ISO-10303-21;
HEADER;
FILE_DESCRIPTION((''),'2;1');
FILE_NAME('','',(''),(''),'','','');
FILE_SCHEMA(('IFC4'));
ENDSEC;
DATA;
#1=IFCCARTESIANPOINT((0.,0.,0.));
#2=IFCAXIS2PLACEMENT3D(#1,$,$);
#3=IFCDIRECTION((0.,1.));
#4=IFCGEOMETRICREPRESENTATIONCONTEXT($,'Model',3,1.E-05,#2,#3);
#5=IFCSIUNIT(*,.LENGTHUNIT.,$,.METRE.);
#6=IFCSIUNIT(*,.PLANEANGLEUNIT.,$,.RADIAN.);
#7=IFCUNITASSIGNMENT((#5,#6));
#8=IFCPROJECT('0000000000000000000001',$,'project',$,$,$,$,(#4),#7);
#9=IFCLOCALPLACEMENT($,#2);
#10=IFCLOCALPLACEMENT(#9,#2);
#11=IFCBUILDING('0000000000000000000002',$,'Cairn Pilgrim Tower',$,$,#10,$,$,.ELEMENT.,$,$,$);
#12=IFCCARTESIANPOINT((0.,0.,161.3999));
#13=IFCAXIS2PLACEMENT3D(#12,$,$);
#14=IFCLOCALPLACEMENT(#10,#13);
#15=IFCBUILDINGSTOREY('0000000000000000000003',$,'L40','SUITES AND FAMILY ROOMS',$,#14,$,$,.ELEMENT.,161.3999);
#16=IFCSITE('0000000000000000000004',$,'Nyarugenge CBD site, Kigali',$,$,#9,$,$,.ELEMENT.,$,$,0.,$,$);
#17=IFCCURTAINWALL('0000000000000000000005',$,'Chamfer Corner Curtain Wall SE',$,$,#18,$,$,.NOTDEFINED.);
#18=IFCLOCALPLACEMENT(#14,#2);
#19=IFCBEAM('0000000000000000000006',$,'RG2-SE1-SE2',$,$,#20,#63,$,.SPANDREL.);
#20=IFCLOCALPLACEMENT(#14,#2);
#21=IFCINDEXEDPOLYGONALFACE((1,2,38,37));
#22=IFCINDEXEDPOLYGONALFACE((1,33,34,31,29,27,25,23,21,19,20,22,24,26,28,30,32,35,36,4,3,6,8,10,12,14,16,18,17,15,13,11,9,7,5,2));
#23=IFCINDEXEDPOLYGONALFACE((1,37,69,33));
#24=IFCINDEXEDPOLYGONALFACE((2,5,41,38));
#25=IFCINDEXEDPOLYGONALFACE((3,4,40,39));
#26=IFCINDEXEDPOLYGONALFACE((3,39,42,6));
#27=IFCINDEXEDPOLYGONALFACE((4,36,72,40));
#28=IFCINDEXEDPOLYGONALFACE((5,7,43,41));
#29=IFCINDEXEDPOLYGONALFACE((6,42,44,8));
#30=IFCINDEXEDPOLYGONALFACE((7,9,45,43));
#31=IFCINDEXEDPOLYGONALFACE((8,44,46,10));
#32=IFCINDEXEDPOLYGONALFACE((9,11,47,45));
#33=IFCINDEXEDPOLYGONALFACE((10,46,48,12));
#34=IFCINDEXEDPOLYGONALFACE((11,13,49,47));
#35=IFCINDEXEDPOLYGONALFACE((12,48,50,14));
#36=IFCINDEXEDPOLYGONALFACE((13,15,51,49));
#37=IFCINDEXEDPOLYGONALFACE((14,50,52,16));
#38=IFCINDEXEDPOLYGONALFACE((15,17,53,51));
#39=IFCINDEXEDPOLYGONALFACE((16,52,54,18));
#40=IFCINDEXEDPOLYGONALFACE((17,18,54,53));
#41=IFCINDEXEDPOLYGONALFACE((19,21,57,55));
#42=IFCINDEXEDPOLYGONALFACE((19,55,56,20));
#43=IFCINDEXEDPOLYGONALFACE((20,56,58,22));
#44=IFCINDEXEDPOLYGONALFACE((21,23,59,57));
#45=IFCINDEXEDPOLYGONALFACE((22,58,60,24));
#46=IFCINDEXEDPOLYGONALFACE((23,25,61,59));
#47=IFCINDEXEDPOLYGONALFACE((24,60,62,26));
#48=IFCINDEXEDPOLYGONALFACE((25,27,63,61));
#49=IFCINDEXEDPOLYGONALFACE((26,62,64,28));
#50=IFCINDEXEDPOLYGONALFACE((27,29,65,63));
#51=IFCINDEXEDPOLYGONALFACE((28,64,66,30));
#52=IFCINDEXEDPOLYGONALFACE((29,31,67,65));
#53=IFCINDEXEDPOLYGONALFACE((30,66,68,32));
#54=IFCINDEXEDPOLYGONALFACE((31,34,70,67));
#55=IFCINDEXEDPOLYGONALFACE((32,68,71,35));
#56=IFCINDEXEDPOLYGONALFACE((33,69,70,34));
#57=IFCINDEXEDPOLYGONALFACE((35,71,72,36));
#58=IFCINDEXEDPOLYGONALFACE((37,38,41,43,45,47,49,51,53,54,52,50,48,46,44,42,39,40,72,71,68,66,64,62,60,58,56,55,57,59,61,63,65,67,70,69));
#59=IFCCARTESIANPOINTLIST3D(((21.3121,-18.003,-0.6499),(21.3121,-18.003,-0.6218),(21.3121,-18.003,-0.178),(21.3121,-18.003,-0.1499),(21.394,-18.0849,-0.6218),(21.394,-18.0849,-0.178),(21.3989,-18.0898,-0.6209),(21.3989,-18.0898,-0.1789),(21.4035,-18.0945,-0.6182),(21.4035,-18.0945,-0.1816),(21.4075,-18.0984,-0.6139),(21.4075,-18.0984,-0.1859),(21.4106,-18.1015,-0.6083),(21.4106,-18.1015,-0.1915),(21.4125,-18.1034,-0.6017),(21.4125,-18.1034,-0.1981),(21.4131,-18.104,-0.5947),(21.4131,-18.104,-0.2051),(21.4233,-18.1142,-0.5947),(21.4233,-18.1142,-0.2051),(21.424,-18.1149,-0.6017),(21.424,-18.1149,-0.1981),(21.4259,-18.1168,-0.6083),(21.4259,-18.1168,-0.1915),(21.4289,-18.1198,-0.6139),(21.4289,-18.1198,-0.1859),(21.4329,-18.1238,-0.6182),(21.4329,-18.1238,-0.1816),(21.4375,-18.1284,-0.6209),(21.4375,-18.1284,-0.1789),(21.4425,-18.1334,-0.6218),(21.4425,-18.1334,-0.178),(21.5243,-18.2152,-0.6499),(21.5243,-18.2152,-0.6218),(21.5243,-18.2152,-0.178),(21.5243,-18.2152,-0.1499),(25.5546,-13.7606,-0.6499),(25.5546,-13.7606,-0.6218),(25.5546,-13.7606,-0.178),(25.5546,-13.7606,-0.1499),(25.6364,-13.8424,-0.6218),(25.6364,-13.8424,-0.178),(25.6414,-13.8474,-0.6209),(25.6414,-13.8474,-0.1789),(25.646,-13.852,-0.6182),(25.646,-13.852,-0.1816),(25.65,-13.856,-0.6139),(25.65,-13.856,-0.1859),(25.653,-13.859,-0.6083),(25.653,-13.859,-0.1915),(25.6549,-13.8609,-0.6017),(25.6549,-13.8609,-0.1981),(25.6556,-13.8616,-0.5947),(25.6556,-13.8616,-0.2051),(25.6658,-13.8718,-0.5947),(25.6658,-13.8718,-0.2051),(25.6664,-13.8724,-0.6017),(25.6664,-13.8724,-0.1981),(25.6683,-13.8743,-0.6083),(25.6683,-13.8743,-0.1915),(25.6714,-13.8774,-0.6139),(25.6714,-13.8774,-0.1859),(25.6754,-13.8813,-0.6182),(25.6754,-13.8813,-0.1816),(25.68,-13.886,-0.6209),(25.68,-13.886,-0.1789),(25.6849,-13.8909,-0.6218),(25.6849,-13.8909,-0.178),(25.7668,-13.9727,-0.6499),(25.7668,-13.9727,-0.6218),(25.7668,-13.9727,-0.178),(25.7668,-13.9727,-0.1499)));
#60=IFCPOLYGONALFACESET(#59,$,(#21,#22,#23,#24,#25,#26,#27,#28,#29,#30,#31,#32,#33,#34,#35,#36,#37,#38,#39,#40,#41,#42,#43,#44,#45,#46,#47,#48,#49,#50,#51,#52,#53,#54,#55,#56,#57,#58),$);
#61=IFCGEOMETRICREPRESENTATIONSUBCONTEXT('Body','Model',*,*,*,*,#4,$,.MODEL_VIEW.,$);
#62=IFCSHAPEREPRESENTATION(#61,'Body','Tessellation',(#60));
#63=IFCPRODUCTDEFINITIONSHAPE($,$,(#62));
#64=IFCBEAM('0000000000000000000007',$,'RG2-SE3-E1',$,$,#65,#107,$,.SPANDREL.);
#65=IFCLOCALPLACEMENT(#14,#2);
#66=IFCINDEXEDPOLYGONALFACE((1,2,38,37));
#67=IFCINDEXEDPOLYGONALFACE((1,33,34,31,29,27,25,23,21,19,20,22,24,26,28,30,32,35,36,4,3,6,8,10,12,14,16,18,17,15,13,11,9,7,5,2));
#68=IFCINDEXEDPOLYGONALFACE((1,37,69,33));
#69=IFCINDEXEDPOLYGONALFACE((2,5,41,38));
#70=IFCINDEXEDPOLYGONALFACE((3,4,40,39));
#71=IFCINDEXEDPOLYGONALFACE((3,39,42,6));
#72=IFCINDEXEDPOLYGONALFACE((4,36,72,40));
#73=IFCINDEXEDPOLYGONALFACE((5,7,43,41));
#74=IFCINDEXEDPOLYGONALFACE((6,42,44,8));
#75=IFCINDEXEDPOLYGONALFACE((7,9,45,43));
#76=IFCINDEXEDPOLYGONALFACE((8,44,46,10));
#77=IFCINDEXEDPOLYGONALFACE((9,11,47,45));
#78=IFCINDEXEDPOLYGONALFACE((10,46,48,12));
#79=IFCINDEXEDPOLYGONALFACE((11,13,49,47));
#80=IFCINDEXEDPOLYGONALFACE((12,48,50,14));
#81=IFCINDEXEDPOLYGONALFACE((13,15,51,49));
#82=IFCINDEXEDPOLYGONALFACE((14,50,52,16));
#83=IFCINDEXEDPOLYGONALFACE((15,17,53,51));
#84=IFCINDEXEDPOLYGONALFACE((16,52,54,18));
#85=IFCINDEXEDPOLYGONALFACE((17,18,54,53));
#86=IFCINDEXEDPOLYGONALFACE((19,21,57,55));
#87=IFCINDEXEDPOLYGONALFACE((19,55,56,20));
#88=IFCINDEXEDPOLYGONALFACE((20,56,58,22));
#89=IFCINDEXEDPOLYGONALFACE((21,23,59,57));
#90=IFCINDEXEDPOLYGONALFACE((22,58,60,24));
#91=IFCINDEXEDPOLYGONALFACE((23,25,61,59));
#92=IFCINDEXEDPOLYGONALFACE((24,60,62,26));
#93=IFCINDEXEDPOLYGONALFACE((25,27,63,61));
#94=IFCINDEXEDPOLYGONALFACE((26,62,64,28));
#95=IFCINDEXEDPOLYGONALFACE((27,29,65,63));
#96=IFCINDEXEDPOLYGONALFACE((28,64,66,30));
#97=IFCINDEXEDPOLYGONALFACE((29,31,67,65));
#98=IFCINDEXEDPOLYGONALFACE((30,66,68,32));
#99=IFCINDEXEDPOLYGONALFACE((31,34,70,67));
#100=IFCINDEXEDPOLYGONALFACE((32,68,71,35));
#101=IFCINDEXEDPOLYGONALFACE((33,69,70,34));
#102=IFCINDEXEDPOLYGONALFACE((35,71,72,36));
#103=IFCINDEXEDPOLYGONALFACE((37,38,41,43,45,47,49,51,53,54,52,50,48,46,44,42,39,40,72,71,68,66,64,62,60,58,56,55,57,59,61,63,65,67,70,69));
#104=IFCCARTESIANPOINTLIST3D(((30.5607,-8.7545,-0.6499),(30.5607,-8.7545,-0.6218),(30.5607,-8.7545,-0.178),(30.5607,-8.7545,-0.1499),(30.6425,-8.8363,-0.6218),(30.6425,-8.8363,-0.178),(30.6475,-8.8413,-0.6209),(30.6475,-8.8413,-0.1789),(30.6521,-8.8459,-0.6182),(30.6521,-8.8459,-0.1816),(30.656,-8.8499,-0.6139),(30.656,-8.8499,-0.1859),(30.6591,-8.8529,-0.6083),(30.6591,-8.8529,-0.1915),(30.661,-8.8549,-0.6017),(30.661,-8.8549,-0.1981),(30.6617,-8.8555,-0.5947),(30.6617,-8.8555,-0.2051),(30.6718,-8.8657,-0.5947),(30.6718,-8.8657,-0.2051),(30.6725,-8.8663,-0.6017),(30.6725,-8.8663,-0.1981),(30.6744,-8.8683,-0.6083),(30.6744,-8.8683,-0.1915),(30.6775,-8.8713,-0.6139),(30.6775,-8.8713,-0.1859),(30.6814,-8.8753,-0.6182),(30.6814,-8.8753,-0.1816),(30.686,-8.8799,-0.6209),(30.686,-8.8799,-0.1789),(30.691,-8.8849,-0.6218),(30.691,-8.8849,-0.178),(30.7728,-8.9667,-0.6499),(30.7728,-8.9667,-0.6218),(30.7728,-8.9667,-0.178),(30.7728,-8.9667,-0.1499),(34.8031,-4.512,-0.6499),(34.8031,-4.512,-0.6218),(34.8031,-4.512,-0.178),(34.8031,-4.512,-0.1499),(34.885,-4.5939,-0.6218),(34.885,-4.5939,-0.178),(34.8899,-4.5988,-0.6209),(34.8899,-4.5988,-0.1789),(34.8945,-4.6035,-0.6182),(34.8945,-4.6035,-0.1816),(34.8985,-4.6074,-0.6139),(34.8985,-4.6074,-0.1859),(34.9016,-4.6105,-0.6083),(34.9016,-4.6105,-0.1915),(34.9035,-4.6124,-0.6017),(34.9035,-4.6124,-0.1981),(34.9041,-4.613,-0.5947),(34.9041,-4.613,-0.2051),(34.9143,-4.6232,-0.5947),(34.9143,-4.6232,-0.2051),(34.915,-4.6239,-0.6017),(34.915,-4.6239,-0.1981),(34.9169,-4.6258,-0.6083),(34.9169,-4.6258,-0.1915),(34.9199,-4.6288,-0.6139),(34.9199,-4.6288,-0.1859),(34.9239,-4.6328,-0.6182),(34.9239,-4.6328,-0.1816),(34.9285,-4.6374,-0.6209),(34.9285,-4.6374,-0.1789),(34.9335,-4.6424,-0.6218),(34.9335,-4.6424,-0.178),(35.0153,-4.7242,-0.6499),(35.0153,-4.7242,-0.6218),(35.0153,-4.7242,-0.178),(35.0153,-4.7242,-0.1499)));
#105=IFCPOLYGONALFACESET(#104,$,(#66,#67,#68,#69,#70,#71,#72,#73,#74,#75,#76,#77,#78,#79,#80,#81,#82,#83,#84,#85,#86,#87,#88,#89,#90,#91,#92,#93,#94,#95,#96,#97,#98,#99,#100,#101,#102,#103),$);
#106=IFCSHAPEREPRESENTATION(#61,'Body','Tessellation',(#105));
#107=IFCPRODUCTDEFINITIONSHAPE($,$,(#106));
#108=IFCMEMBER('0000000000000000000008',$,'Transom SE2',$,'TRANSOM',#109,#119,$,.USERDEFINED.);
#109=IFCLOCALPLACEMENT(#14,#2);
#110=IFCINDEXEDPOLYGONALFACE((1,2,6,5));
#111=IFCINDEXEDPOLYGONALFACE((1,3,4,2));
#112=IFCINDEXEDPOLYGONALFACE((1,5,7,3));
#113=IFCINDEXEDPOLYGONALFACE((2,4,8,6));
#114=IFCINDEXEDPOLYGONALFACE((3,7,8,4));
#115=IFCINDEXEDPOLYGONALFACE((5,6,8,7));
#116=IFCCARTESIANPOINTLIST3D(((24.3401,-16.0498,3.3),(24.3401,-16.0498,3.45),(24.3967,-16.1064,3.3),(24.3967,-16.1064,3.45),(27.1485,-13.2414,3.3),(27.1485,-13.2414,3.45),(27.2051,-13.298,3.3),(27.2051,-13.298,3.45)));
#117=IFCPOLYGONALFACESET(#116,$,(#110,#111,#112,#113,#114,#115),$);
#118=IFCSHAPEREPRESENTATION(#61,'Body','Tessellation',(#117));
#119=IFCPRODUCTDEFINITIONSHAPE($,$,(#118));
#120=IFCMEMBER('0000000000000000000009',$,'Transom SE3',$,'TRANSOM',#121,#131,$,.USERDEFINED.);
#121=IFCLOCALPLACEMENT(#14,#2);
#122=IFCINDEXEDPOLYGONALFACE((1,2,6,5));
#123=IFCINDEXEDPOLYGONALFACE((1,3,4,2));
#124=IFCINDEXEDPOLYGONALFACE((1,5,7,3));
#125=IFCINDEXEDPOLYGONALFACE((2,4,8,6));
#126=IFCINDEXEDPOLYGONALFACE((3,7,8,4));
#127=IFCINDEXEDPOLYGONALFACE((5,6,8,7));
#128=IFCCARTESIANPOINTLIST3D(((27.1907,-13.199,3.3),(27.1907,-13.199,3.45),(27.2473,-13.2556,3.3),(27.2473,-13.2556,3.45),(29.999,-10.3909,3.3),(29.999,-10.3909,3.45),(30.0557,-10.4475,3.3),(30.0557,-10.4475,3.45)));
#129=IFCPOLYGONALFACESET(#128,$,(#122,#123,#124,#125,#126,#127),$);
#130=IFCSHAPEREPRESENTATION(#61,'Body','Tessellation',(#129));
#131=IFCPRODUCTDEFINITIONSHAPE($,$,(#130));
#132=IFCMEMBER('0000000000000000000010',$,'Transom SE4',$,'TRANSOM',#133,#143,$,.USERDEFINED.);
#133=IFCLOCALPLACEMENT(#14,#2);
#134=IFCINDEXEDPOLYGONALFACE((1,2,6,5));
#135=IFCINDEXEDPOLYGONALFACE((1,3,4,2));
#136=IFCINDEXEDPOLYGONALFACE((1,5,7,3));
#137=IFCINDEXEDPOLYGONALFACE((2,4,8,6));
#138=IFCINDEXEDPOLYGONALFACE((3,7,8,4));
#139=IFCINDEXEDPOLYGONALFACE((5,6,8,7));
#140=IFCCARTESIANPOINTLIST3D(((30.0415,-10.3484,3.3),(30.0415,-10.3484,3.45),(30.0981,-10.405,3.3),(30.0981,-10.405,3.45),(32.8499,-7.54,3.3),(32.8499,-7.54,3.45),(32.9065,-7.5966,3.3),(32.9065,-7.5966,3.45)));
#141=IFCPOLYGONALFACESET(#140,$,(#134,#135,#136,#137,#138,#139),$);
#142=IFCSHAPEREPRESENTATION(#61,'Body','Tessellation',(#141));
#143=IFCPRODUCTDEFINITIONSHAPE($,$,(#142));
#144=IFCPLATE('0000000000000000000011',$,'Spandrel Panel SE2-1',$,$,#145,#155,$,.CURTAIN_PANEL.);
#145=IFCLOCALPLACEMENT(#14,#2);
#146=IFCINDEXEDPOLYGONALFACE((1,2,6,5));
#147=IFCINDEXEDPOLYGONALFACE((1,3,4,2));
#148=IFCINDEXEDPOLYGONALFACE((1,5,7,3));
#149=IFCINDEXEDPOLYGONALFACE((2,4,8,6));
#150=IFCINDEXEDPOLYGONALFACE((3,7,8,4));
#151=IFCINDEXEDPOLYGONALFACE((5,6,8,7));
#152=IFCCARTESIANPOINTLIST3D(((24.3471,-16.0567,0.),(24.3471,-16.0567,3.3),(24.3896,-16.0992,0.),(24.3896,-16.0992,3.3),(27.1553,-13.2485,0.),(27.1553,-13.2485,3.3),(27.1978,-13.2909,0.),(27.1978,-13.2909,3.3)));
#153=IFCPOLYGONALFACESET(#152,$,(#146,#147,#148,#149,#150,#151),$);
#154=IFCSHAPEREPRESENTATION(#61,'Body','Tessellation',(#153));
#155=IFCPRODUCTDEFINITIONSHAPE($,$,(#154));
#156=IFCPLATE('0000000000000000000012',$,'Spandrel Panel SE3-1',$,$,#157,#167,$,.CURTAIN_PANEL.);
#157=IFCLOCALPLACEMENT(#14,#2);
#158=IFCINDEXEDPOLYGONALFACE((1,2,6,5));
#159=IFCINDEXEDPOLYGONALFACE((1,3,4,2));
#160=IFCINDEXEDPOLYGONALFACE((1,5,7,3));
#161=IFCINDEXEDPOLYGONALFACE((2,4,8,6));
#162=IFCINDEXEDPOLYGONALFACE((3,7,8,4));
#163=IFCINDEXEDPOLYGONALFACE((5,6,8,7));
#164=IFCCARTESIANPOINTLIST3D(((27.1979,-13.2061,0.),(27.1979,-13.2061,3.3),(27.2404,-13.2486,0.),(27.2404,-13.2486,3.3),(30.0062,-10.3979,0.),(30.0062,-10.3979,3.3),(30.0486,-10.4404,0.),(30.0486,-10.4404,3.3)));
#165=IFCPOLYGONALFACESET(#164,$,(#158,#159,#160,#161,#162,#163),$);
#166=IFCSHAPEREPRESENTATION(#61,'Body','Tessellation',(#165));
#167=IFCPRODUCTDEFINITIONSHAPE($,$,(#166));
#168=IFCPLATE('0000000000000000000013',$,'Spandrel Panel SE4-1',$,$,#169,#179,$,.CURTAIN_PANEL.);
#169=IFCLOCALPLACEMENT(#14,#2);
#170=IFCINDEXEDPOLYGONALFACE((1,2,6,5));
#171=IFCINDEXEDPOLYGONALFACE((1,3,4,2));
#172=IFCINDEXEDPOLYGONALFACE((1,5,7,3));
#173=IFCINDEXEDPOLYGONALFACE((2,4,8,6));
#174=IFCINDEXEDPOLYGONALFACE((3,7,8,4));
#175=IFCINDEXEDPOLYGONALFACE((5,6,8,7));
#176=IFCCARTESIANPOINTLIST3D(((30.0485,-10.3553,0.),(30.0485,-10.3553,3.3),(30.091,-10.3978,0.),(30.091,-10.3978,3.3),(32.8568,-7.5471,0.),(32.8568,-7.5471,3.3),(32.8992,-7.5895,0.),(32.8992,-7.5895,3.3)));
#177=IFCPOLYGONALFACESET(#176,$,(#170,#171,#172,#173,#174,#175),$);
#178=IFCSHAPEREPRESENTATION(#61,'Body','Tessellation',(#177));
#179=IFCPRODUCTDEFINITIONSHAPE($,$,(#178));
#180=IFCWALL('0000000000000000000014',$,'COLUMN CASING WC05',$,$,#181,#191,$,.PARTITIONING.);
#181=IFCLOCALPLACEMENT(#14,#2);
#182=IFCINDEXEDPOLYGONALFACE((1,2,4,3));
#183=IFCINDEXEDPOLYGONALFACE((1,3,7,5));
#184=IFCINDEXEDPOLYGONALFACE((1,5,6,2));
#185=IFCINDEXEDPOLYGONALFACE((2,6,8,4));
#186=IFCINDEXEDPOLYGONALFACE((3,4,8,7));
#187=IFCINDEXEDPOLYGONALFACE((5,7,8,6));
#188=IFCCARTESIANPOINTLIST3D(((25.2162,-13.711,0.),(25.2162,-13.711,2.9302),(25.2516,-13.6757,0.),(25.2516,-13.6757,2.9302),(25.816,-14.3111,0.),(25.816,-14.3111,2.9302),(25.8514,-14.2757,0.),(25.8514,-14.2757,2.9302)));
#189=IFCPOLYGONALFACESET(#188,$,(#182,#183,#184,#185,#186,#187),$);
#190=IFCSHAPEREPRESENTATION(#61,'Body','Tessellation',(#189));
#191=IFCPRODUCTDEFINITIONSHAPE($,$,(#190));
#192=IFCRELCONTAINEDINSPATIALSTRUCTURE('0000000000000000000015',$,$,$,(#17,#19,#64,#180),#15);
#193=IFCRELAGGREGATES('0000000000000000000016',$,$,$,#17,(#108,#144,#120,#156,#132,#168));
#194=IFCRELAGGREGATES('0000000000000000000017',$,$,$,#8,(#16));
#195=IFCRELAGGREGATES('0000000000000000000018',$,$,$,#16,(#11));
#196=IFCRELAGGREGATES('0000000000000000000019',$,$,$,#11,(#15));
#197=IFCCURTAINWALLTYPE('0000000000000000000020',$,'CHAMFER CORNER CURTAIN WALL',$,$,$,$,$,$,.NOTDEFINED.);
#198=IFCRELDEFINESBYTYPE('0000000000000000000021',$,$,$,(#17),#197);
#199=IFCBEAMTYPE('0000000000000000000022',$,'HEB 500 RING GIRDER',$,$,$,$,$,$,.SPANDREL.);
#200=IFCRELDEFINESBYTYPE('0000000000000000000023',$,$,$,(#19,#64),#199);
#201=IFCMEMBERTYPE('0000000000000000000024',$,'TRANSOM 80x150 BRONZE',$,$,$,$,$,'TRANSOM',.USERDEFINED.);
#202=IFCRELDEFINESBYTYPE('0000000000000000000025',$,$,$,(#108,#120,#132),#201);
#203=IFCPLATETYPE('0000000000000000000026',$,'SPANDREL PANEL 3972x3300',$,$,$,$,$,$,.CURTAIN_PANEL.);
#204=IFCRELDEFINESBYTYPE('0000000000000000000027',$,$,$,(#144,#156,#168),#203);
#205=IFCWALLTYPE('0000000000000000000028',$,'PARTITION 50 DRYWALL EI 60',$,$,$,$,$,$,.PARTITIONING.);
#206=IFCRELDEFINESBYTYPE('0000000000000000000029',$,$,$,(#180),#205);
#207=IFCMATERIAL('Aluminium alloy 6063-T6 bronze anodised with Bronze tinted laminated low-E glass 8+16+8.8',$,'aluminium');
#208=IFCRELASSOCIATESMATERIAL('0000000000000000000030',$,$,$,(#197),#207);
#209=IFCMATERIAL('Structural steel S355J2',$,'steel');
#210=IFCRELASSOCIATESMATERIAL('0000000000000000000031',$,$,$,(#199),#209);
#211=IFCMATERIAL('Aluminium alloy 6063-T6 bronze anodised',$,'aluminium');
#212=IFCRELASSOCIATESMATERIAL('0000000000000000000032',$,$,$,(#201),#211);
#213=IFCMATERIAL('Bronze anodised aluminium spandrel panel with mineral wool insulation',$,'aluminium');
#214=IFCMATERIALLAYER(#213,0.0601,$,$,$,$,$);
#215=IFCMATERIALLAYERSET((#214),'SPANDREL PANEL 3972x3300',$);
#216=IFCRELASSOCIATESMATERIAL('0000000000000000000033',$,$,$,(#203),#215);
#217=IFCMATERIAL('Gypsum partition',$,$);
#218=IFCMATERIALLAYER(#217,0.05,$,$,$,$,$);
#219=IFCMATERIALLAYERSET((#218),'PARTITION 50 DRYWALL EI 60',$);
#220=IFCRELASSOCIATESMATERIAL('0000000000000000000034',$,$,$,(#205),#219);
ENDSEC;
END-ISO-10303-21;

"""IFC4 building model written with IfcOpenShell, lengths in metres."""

from ifc_helpers import new_model, si_unit, direction, frame, frame_2d, origin, origin_2d, place, context, subcontext, project, spatial, rectangle, i_section, extrude, material, layer, layer_set, material_profile, profile_set, type_object, element, aggregate, save


model = new_model("IFC4")

# Units and contexts
model_context = context("Model", 3, precision=1e-05, world=origin(), true_north=direction((0.0, 1.0)))
body_context = subcontext(model_context, "Body", "Model", "MODEL_VIEW")
ifc_project = project(units=[si_unit("LENGTHUNIT", "METRE"), si_unit("PLANEANGLEUNIT", "RADIAN")], contexts=[model_context])

# Site, building, storey
site_placement = place(None, origin())
site = spatial("IfcSite", under=ifc_project, at=site_placement, Name="Nyarugenge CBD site, Kigali", CompositionType="ELEMENT", RefElevation=0.0)
building_placement = place(site_placement, origin())
building = spatial("IfcBuilding", under=site, at=building_placement, Name="Cairn Pilgrim Tower", CompositionType="ELEMENT")
storey_placement = place(building_placement, frame((0.0, 0.0, 161.3999)))
storey = spatial("IfcBuildingStorey", under=building, at=storey_placement, Name="L40", Description="SUITES AND FAMILY ROOMS", CompositionType="ELEMENT", Elevation=161.3999)

# Shared definitions
ifc_material_1 = material(Name="Structural steel S355J2", Category="steel")

# Curtain wall
ifc_material_2 = material(Name="Aluminium alloy 6063-T6 bronze anodised with Bronze tinted laminated low-E glass 8+16+8.8", Category="aluminium")
curtain_wall_type = type_object("IfcCurtainWallType", Name="CHAMFER CORNER CURTAIN WALL", PredefinedType="NOTDEFINED", material=ifc_material_2)
curtain_wall_placement = place(storey_placement, origin())
curtain_wall = element("IfcCurtainWall", 1, at=curtain_wall_placement, inside=storey, type_object=curtain_wall_type, Name="Chamfer Corner Curtain Wall SE", PredefinedType="NOTDEFINED")
ifc_material_3 = material(Name="Aluminium alloy 6063-T6 bronze anodised", Category="aluminium")

# Beams
ifc_material_profile_1 = material_profile(ifc_material_1, i_section(OverallWidth=0.3, OverallDepth=0.5, WebThickness=0.0144, FlangeThickness=0.0281, FilletRadius=0.0271, at=origin_2d()), Name="HEB 500")
ifc_profile_set_1 = profile_set([ifc_material_profile_1], Name="Structural steel S355J2")
beam_type_1 = type_object("IfcBeamType", Name="HEB 500 RING GIRDER", PredefinedType="SPANDREL", material=ifc_profile_set_1)
for number, where, z_axis, x_axis, name in (
    (2, (21.4182, -18.1091, -0.3999), (0.707107, 0.707107, 0.0), (-0.707107, 0.707107, 0.0), "RG2-SE1-SE2"),
    (3, (30.6667, -8.8606, -0.3999), (0.707107, 0.707107, 0.0), (-0.707107, 0.707107, 0.0), "RG2-SE3-E1"),
):
    element("IfcBeam", number, at=place(storey_placement, frame(where, z_axis=z_axis, x_axis=x_axis)), inside=storey, type_object=beam_type_1, Name=name, PredefinedType="SPANDREL", context=body_context, shape_type="SweptSolid", body=[
        extrude(i_section(OverallWidth=0.3, OverallDepth=0.5, WebThickness=0.0144, FlangeThickness=0.0281, FilletRadius=0.0271, at=origin_2d()), origin(), (0.0, 0.0, 1.0), 5.9998),
    ])

# Members
ifc_material_profile_2 = material_profile(ifc_material_3, rectangle(XDim=0.0801, YDim=0.1499, at=origin_2d()), Name="TRANSOM 80x150 BRONZE")
ifc_profile_set_2 = profile_set([ifc_material_profile_2], Name="Aluminium alloy 6063-T6 bronze anodised")
member_type_1 = type_object("IfcMemberType", Name="TRANSOM 80x150 BRONZE", ElementType="TRANSOM", PredefinedType="USERDEFINED", material=ifc_profile_set_2)
member_1_placement = place(storey_placement, frame((24.3684, -16.0781, 3.375), z_axis=(0.707107, 0.707107, 0.0), x_axis=(-0.707107, 0.707107, 0.0)))
member_1 = element("IfcMember", 4, at=member_1_placement, type_object=member_type_1, Name="Transom SE2", ObjectType="TRANSOM", PredefinedType="USERDEFINED", context=body_context, shape_type="SweptSolid", body=[
    extrude(rectangle(XDim=0.0801, YDim=0.1499, at=origin_2d()), origin(), (0.0, 0.0, 1.0), 3.9717),
])
member_2_placement = place(storey_placement, frame((27.219, -13.2273, 3.375), z_axis=(0.707138, 0.707076, 0.0), x_axis=(-0.707076, 0.707138, 0.0)))
member_2 = element("IfcMember", 5, at=member_2_placement, type_object=member_type_1, Name="Transom SE3", ObjectType="TRANSOM", PredefinedType="USERDEFINED", context=body_context, shape_type="SweptSolid", body=[
    extrude(rectangle(XDim=0.0801, YDim=0.1499, at=origin_2d()), origin(), (0.0, 0.0, 1.0), 3.9714),
])
member_3_placement = place(storey_placement, frame((30.0698, -10.3767, 3.375), z_axis=(0.707107, 0.707107, 0.0), x_axis=(-0.707107, 0.707107, 0.0)))
member_3 = element("IfcMember", 6, at=member_3_placement, type_object=member_type_1, Name="Transom SE4", ObjectType="TRANSOM", PredefinedType="USERDEFINED", context=body_context, shape_type="SweptSolid", body=[
    extrude(rectangle(XDim=0.0801, YDim=0.1499, at=origin_2d()), origin(), (0.0, 0.0, 1.0), 3.9717),
])

# Plates
ifc_material_4 = material(Name="Bronze anodised aluminium spandrel panel with mineral wool insulation", Category="aluminium")
ifc_layer_1 = layer(ifc_material_4, 0.0601)
ifc_layer_set_1 = layer_set([ifc_layer_1], Name="SPANDREL PANEL 3972x3300")
plate_type = type_object("IfcPlateType", Name="SPANDREL PANEL 3972x3300", PredefinedType="CURTAIN_PANEL", material=ifc_layer_set_1)
plate_1_placement = place(storey_placement, frame((25.7725, -14.6738, 0.0), z_axis=(0.0, 0.0, 1.0), x_axis=(0.707107, 0.707107, 0.0)))
plate_1 = element("IfcPlate", 7, at=plate_1_placement, type_object=plate_type, Name="Spandrel Panel SE2-1", PredefinedType="CURTAIN_PANEL", context=body_context, shape_type="SweptSolid", body=[
    extrude(rectangle(XDim=3.9714, YDim=0.0601, at=origin_2d()), origin(), (0.0, 0.0, 1.0), 3.3),
])
plate_2_placement = place(storey_placement, frame((28.6233, -11.8232, 0.0), z_axis=(0.0, 0.0, 1.0), x_axis=(0.707107, 0.707107, 0.0)))
plate_2 = element("IfcPlate", 8, at=plate_2_placement, type_object=plate_type, Name="Spandrel Panel SE3-1", PredefinedType="CURTAIN_PANEL", context=body_context, shape_type="SweptSolid", body=[
    extrude(rectangle(XDim=3.9714, YDim=0.0601, at=origin_2d()), origin(), (0.0, 0.0, 1.0), 3.3),
])
plate_3_placement = place(storey_placement, frame((31.4739, -8.9724, 0.0), z_axis=(0.0, 0.0, 1.0), x_axis=(0.707107, 0.707107, 0.0)))
plate_3 = element("IfcPlate", 9, at=plate_3_placement, type_object=plate_type, Name="Spandrel Panel SE4-1", PredefinedType="CURTAIN_PANEL", context=body_context, shape_type="SweptSolid", body=[
    extrude(rectangle(XDim=3.9714, YDim=0.0601, at=origin_2d()), origin(), (0.0, 0.0, 1.0), 3.3),
])
aggregate(curtain_wall, [member_1, plate_1, member_2, plate_2, member_3, plate_3])

# Wall
ifc_material_5 = material(Name="Gypsum partition")
ifc_layer_2 = layer(ifc_material_5, 0.05)
ifc_layer_set_2 = layer_set([ifc_layer_2], Name="PARTITION 50 DRYWALL EI 60")
wall_type_1 = type_object("IfcWallType", Name="PARTITION 50 DRYWALL EI 60", PredefinedType="PARTITIONING", material=ifc_layer_set_2)
wall_1_placement = place(storey_placement, frame((25.8337, -14.2935, 0.0), z_axis=(0.0, 0.0, 1.0), x_axis=(-0.706963, 0.707251, 0.0)))
element("IfcWall", 10, at=wall_1_placement, inside=storey, type_object=wall_type_1, Name="COLUMN CASING WC05", PredefinedType="PARTITIONING", context=body_context, shape_type="SweptSolid", body=[
    extrude(rectangle(XDim=0.8484, YDim=0.05, at=frame_2d((0.4243, 0.0))), origin(), (0.0, 0.0, 1.0), 2.9302),
])

save(model, "model.ifc")
